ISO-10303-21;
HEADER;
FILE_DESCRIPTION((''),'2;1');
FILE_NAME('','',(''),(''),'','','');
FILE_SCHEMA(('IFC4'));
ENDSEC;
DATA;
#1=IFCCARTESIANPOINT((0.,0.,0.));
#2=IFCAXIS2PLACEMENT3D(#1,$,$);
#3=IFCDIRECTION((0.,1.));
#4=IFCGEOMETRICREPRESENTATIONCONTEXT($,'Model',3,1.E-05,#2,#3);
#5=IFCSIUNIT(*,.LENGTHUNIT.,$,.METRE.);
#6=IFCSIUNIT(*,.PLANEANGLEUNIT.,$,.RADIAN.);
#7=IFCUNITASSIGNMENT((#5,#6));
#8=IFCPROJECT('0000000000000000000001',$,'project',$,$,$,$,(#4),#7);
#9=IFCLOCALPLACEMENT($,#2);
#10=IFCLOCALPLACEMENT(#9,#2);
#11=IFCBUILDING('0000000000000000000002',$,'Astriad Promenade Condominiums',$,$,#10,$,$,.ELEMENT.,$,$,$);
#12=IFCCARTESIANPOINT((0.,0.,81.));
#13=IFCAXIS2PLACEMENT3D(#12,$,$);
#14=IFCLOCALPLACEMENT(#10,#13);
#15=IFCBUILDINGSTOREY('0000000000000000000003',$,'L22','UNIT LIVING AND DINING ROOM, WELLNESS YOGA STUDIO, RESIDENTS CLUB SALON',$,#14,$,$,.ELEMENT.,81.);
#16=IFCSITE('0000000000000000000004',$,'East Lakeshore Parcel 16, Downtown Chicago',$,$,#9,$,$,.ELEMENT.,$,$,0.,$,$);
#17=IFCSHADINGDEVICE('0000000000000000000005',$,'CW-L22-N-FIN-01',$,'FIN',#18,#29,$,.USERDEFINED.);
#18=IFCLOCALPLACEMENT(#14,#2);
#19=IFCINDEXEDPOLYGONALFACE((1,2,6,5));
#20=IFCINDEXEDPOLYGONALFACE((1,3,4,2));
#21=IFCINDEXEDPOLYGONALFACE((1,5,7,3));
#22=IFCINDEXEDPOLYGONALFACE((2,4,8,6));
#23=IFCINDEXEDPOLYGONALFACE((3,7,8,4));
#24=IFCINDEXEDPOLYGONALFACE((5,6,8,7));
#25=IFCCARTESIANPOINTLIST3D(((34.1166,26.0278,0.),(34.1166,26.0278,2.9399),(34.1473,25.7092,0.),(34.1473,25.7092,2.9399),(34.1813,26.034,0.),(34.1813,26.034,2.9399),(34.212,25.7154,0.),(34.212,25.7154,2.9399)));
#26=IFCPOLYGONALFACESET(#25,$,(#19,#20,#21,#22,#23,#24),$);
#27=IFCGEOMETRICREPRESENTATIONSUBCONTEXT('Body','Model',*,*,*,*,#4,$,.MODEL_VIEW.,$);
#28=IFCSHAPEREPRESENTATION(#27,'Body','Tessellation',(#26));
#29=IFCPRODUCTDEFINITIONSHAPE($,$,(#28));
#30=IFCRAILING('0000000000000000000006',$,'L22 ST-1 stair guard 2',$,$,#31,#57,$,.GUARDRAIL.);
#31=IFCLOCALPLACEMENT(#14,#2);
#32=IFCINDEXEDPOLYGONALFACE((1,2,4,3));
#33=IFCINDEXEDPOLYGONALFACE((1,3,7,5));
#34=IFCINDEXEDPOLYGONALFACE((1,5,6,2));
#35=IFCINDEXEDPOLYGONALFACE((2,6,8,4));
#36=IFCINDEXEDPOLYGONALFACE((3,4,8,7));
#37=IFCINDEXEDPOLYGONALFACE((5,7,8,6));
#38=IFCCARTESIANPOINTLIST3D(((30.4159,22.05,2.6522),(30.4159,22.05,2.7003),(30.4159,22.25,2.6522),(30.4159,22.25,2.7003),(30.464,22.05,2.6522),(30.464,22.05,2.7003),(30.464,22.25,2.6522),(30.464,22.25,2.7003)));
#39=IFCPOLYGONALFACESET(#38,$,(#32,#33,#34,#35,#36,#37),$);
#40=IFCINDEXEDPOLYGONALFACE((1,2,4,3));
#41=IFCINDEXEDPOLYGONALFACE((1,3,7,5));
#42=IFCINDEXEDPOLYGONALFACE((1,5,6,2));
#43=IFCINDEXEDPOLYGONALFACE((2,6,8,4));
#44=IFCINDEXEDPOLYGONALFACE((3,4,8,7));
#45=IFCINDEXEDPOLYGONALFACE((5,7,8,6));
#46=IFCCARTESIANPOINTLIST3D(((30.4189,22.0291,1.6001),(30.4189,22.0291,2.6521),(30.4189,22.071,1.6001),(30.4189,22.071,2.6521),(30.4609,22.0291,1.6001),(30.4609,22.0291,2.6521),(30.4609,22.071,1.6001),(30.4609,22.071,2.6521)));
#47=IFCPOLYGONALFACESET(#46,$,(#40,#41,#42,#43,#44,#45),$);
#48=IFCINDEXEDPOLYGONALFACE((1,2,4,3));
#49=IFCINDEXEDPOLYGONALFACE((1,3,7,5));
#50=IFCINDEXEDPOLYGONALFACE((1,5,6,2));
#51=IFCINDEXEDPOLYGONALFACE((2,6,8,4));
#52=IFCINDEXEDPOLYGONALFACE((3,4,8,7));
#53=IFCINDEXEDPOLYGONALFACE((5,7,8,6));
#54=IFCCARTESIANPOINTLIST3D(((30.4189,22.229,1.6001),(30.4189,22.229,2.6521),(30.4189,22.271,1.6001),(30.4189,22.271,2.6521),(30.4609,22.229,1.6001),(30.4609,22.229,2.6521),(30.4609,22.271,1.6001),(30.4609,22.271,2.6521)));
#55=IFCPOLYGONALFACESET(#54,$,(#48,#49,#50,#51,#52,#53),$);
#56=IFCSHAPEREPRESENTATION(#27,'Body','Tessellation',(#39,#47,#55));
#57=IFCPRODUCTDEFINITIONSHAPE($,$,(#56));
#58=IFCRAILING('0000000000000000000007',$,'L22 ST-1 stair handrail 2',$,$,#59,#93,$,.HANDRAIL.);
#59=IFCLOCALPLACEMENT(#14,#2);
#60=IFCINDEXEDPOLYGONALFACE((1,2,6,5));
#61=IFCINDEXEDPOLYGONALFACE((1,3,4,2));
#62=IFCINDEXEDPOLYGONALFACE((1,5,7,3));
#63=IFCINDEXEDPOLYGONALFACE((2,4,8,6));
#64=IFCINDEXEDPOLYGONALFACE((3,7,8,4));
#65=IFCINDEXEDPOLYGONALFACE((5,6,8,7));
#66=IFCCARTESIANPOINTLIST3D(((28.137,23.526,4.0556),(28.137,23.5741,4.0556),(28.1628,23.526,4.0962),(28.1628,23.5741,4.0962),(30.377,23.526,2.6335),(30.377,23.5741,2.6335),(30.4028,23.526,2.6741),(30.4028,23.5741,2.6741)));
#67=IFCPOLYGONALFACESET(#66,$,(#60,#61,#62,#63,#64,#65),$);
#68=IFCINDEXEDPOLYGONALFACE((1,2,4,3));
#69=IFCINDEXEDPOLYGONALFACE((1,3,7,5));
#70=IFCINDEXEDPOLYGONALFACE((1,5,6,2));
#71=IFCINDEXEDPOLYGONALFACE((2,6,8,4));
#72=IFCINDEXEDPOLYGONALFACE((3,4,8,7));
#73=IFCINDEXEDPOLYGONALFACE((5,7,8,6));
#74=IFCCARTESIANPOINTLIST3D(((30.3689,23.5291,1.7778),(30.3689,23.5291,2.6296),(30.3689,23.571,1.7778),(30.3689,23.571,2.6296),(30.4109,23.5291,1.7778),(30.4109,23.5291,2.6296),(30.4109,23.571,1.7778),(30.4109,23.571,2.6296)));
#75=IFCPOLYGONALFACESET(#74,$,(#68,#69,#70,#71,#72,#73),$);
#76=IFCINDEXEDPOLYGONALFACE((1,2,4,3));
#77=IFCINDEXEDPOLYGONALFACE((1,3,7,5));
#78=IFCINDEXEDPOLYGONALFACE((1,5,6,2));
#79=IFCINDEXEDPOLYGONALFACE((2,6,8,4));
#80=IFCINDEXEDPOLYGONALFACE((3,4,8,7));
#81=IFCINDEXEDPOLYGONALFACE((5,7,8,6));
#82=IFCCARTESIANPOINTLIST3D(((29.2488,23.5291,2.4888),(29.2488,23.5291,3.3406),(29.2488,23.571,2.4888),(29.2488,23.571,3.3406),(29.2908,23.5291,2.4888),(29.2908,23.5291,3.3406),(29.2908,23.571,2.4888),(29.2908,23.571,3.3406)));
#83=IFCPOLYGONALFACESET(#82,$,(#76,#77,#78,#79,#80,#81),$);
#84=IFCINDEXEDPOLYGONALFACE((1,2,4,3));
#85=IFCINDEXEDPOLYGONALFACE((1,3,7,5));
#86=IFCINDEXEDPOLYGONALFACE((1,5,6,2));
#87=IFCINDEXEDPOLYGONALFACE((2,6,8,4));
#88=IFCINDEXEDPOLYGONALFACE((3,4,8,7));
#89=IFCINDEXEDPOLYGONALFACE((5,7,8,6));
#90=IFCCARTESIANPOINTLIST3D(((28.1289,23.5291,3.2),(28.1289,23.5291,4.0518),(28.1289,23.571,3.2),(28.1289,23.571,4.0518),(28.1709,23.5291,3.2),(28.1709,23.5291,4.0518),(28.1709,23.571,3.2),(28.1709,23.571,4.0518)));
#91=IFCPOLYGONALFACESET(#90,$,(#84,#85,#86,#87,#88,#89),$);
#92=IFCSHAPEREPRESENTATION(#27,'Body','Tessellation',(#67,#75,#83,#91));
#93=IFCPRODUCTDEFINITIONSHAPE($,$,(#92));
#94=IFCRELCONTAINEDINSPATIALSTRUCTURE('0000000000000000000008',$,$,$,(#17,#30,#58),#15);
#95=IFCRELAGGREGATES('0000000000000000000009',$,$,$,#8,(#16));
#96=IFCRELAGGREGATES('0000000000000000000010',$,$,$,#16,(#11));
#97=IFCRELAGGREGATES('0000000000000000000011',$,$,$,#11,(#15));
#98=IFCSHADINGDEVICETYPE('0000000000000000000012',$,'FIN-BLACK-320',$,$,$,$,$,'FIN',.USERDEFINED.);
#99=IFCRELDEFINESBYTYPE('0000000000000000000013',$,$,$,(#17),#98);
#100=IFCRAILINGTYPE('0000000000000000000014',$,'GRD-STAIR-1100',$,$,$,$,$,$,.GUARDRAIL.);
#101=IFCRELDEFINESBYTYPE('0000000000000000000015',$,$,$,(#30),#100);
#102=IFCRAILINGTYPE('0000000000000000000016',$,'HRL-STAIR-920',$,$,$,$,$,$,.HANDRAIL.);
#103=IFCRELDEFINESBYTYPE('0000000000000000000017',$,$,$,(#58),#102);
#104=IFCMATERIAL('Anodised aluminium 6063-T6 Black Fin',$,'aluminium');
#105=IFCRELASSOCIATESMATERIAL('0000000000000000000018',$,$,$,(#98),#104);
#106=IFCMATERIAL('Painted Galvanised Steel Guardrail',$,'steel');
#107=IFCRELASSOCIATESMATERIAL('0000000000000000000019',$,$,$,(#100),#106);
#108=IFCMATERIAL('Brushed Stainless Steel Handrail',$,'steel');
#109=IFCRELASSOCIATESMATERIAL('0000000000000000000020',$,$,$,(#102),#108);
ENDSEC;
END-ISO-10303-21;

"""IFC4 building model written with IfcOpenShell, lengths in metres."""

from ifc_helpers import new_model, si_unit, direction, frame, origin, origin_2d, place, context, subcontext, project, spatial, rectangle, extrude, source, transform, mapped, material, type_object, type_shapes, element, save


model = new_model("IFC4")

# Units and contexts
model_context = context("Model", 3, precision=1e-05, world=origin(), true_north=direction((0.0, 1.0)))
body_context = subcontext(model_context, "Body", "Model", "MODEL_VIEW")
ifc_project = project(units=[si_unit("LENGTHUNIT", "METRE"), si_unit("PLANEANGLEUNIT", "RADIAN")], contexts=[model_context])

# Site, building, storey
site_placement = place(None, origin())
site = spatial("IfcSite", under=ifc_project, at=site_placement, Name="East Lakeshore Parcel 16, Downtown Chicago", CompositionType="ELEMENT", RefElevation=0.0)
building_placement = place(site_placement, origin())
building = spatial("IfcBuilding", under=site, at=building_placement, Name="Astriad Promenade Condominiums", CompositionType="ELEMENT")
storey_placement = place(building_placement, frame((0.0, 0.0, 81.0)))
storey = spatial("IfcBuildingStorey", under=building, at=storey_placement, Name="L22", Description="UNIT LIVING AND DINING ROOM, WELLNESS YOGA STUDIO, RESIDENTS CLUB SALON", CompositionType="ELEMENT", Elevation=81.0)

# Shading device
ifc_material_1 = material(Name="Anodised aluminium 6063-T6 Black Fin", Category="aluminium")
shading_device_type = type_object("IfcShadingDeviceType", Name="FIN-BLACK-320", ElementType="FIN", PredefinedType="USERDEFINED", material=ifc_material_1)
shared_shape_1 = source(origin(), body_context, "Body", "SweptSolid", [
    extrude(rectangle(XDim=0.0649, YDim=0.3201, at=origin_2d()), origin(), (0.0, 0.0, 1.0), 2.9399),
])
type_shapes(shading_device_type, [shared_shape_1])
shading_device_placement = place(storey_placement, frame((34.1643, 25.8716, 0.0), z_axis=(0.0, 0.0, 1.0), x_axis=(0.995396, 0.095846, 0.0)))
element("IfcShadingDevice", 1, at=shading_device_placement, inside=storey, type_object=shading_device_type, Name="CW-L22-N-FIN-01", ObjectType="FIN", PredefinedType="USERDEFINED", context=body_context, shape_type="MappedRepresentation", body=[
    mapped(shared_shape_1, transform((0.0, 0.0, 0.0), scale=1.0)),
])

# Railings
ifc_material_2 = material(Name="Painted Galvanised Steel Guardrail", Category="steel")
railing_type_1 = type_object("IfcRailingType", Name="GRD-STAIR-1100", PredefinedType="GUARDRAIL", material=ifc_material_2)
shared_shape_2 = source(origin(), body_context, "Body", "SweptSolid", [
    extrude(rectangle(XDim=0.0481, YDim=0.0481, at=origin_2d()), frame((0.0, 0.0, 1.0762), z_axis=(0.0, 1.0, 0.0), x_axis=(-1.0, 0.0, 0.0)), (0.0, 0.0, 1.0), 0.2),
    extrude(rectangle(XDim=0.042, YDim=0.042, at=origin_2d()), origin(), (0.0, 0.0, 1.0), 1.052),
    extrude(rectangle(XDim=0.042, YDim=0.042, at=origin_2d()), frame((0.0, 0.2, 0.0)), (0.0, 0.0, 1.0), 1.052),
])
type_shapes(railing_type_1, [shared_shape_2])
railing_1_placement = place(storey_placement, frame((30.4399, 22.05, 1.6001)))
element("IfcRailing", 2, at=railing_1_placement, inside=storey, type_object=railing_type_1, Name="L22 ST-1 stair guard 2", PredefinedType="GUARDRAIL", context=body_context, shape_type="MappedRepresentation", body=[
    mapped(shared_shape_2, transform((0.0, 0.0, 0.0), scale=1.0)),
])
ifc_material_3 = material(Name="Brushed Stainless Steel Handrail", Category="steel")
railing_type_2 = type_object("IfcRailingType", Name="HRL-STAIR-920", PredefinedType="HANDRAIL", material=ifc_material_3)
shared_shape_3 = source(origin(), body_context, "Body", "SweptSolid", [
    extrude(rectangle(XDim=0.0481, YDim=0.0481, at=origin_2d()), frame((0.0, 0.0, 0.876), z_axis=(-0.844229, 0.0, 0.535982), x_axis=(0.0, -1.0, 0.0)), (0.0, 0.0, 1.0), 2.6533),
    extrude(rectangle(XDim=0.042, YDim=0.042, at=origin_2d()), origin(), (0.0, 0.0, 1.0), 0.8518),
    extrude(rectangle(XDim=0.042, YDim=0.042, at=origin_2d()), frame((-1.1201, 0.0, 0.7109)), (0.0, 0.0, 1.0), 0.8518),
    extrude(rectangle(XDim=0.042, YDim=0.042, at=origin_2d()), frame((-2.24, 0.0, 1.4221)), (0.0, 0.0, 1.0), 0.8518),
])
type_shapes(railing_type_2, [shared_shape_3])
railing_2_placement = place(storey_placement, frame((30.3899, 23.55, 1.7778)))
element("IfcRailing", 3, at=railing_2_placement, inside=storey, type_object=railing_type_2, Name="L22 ST-1 stair handrail 2", PredefinedType="HANDRAIL", context=body_context, shape_type="MappedRepresentation", body=[
    mapped(shared_shape_3, transform((0.0, 0.0, 0.0), scale=1.0)),
])

save(model, "model.ifc")
